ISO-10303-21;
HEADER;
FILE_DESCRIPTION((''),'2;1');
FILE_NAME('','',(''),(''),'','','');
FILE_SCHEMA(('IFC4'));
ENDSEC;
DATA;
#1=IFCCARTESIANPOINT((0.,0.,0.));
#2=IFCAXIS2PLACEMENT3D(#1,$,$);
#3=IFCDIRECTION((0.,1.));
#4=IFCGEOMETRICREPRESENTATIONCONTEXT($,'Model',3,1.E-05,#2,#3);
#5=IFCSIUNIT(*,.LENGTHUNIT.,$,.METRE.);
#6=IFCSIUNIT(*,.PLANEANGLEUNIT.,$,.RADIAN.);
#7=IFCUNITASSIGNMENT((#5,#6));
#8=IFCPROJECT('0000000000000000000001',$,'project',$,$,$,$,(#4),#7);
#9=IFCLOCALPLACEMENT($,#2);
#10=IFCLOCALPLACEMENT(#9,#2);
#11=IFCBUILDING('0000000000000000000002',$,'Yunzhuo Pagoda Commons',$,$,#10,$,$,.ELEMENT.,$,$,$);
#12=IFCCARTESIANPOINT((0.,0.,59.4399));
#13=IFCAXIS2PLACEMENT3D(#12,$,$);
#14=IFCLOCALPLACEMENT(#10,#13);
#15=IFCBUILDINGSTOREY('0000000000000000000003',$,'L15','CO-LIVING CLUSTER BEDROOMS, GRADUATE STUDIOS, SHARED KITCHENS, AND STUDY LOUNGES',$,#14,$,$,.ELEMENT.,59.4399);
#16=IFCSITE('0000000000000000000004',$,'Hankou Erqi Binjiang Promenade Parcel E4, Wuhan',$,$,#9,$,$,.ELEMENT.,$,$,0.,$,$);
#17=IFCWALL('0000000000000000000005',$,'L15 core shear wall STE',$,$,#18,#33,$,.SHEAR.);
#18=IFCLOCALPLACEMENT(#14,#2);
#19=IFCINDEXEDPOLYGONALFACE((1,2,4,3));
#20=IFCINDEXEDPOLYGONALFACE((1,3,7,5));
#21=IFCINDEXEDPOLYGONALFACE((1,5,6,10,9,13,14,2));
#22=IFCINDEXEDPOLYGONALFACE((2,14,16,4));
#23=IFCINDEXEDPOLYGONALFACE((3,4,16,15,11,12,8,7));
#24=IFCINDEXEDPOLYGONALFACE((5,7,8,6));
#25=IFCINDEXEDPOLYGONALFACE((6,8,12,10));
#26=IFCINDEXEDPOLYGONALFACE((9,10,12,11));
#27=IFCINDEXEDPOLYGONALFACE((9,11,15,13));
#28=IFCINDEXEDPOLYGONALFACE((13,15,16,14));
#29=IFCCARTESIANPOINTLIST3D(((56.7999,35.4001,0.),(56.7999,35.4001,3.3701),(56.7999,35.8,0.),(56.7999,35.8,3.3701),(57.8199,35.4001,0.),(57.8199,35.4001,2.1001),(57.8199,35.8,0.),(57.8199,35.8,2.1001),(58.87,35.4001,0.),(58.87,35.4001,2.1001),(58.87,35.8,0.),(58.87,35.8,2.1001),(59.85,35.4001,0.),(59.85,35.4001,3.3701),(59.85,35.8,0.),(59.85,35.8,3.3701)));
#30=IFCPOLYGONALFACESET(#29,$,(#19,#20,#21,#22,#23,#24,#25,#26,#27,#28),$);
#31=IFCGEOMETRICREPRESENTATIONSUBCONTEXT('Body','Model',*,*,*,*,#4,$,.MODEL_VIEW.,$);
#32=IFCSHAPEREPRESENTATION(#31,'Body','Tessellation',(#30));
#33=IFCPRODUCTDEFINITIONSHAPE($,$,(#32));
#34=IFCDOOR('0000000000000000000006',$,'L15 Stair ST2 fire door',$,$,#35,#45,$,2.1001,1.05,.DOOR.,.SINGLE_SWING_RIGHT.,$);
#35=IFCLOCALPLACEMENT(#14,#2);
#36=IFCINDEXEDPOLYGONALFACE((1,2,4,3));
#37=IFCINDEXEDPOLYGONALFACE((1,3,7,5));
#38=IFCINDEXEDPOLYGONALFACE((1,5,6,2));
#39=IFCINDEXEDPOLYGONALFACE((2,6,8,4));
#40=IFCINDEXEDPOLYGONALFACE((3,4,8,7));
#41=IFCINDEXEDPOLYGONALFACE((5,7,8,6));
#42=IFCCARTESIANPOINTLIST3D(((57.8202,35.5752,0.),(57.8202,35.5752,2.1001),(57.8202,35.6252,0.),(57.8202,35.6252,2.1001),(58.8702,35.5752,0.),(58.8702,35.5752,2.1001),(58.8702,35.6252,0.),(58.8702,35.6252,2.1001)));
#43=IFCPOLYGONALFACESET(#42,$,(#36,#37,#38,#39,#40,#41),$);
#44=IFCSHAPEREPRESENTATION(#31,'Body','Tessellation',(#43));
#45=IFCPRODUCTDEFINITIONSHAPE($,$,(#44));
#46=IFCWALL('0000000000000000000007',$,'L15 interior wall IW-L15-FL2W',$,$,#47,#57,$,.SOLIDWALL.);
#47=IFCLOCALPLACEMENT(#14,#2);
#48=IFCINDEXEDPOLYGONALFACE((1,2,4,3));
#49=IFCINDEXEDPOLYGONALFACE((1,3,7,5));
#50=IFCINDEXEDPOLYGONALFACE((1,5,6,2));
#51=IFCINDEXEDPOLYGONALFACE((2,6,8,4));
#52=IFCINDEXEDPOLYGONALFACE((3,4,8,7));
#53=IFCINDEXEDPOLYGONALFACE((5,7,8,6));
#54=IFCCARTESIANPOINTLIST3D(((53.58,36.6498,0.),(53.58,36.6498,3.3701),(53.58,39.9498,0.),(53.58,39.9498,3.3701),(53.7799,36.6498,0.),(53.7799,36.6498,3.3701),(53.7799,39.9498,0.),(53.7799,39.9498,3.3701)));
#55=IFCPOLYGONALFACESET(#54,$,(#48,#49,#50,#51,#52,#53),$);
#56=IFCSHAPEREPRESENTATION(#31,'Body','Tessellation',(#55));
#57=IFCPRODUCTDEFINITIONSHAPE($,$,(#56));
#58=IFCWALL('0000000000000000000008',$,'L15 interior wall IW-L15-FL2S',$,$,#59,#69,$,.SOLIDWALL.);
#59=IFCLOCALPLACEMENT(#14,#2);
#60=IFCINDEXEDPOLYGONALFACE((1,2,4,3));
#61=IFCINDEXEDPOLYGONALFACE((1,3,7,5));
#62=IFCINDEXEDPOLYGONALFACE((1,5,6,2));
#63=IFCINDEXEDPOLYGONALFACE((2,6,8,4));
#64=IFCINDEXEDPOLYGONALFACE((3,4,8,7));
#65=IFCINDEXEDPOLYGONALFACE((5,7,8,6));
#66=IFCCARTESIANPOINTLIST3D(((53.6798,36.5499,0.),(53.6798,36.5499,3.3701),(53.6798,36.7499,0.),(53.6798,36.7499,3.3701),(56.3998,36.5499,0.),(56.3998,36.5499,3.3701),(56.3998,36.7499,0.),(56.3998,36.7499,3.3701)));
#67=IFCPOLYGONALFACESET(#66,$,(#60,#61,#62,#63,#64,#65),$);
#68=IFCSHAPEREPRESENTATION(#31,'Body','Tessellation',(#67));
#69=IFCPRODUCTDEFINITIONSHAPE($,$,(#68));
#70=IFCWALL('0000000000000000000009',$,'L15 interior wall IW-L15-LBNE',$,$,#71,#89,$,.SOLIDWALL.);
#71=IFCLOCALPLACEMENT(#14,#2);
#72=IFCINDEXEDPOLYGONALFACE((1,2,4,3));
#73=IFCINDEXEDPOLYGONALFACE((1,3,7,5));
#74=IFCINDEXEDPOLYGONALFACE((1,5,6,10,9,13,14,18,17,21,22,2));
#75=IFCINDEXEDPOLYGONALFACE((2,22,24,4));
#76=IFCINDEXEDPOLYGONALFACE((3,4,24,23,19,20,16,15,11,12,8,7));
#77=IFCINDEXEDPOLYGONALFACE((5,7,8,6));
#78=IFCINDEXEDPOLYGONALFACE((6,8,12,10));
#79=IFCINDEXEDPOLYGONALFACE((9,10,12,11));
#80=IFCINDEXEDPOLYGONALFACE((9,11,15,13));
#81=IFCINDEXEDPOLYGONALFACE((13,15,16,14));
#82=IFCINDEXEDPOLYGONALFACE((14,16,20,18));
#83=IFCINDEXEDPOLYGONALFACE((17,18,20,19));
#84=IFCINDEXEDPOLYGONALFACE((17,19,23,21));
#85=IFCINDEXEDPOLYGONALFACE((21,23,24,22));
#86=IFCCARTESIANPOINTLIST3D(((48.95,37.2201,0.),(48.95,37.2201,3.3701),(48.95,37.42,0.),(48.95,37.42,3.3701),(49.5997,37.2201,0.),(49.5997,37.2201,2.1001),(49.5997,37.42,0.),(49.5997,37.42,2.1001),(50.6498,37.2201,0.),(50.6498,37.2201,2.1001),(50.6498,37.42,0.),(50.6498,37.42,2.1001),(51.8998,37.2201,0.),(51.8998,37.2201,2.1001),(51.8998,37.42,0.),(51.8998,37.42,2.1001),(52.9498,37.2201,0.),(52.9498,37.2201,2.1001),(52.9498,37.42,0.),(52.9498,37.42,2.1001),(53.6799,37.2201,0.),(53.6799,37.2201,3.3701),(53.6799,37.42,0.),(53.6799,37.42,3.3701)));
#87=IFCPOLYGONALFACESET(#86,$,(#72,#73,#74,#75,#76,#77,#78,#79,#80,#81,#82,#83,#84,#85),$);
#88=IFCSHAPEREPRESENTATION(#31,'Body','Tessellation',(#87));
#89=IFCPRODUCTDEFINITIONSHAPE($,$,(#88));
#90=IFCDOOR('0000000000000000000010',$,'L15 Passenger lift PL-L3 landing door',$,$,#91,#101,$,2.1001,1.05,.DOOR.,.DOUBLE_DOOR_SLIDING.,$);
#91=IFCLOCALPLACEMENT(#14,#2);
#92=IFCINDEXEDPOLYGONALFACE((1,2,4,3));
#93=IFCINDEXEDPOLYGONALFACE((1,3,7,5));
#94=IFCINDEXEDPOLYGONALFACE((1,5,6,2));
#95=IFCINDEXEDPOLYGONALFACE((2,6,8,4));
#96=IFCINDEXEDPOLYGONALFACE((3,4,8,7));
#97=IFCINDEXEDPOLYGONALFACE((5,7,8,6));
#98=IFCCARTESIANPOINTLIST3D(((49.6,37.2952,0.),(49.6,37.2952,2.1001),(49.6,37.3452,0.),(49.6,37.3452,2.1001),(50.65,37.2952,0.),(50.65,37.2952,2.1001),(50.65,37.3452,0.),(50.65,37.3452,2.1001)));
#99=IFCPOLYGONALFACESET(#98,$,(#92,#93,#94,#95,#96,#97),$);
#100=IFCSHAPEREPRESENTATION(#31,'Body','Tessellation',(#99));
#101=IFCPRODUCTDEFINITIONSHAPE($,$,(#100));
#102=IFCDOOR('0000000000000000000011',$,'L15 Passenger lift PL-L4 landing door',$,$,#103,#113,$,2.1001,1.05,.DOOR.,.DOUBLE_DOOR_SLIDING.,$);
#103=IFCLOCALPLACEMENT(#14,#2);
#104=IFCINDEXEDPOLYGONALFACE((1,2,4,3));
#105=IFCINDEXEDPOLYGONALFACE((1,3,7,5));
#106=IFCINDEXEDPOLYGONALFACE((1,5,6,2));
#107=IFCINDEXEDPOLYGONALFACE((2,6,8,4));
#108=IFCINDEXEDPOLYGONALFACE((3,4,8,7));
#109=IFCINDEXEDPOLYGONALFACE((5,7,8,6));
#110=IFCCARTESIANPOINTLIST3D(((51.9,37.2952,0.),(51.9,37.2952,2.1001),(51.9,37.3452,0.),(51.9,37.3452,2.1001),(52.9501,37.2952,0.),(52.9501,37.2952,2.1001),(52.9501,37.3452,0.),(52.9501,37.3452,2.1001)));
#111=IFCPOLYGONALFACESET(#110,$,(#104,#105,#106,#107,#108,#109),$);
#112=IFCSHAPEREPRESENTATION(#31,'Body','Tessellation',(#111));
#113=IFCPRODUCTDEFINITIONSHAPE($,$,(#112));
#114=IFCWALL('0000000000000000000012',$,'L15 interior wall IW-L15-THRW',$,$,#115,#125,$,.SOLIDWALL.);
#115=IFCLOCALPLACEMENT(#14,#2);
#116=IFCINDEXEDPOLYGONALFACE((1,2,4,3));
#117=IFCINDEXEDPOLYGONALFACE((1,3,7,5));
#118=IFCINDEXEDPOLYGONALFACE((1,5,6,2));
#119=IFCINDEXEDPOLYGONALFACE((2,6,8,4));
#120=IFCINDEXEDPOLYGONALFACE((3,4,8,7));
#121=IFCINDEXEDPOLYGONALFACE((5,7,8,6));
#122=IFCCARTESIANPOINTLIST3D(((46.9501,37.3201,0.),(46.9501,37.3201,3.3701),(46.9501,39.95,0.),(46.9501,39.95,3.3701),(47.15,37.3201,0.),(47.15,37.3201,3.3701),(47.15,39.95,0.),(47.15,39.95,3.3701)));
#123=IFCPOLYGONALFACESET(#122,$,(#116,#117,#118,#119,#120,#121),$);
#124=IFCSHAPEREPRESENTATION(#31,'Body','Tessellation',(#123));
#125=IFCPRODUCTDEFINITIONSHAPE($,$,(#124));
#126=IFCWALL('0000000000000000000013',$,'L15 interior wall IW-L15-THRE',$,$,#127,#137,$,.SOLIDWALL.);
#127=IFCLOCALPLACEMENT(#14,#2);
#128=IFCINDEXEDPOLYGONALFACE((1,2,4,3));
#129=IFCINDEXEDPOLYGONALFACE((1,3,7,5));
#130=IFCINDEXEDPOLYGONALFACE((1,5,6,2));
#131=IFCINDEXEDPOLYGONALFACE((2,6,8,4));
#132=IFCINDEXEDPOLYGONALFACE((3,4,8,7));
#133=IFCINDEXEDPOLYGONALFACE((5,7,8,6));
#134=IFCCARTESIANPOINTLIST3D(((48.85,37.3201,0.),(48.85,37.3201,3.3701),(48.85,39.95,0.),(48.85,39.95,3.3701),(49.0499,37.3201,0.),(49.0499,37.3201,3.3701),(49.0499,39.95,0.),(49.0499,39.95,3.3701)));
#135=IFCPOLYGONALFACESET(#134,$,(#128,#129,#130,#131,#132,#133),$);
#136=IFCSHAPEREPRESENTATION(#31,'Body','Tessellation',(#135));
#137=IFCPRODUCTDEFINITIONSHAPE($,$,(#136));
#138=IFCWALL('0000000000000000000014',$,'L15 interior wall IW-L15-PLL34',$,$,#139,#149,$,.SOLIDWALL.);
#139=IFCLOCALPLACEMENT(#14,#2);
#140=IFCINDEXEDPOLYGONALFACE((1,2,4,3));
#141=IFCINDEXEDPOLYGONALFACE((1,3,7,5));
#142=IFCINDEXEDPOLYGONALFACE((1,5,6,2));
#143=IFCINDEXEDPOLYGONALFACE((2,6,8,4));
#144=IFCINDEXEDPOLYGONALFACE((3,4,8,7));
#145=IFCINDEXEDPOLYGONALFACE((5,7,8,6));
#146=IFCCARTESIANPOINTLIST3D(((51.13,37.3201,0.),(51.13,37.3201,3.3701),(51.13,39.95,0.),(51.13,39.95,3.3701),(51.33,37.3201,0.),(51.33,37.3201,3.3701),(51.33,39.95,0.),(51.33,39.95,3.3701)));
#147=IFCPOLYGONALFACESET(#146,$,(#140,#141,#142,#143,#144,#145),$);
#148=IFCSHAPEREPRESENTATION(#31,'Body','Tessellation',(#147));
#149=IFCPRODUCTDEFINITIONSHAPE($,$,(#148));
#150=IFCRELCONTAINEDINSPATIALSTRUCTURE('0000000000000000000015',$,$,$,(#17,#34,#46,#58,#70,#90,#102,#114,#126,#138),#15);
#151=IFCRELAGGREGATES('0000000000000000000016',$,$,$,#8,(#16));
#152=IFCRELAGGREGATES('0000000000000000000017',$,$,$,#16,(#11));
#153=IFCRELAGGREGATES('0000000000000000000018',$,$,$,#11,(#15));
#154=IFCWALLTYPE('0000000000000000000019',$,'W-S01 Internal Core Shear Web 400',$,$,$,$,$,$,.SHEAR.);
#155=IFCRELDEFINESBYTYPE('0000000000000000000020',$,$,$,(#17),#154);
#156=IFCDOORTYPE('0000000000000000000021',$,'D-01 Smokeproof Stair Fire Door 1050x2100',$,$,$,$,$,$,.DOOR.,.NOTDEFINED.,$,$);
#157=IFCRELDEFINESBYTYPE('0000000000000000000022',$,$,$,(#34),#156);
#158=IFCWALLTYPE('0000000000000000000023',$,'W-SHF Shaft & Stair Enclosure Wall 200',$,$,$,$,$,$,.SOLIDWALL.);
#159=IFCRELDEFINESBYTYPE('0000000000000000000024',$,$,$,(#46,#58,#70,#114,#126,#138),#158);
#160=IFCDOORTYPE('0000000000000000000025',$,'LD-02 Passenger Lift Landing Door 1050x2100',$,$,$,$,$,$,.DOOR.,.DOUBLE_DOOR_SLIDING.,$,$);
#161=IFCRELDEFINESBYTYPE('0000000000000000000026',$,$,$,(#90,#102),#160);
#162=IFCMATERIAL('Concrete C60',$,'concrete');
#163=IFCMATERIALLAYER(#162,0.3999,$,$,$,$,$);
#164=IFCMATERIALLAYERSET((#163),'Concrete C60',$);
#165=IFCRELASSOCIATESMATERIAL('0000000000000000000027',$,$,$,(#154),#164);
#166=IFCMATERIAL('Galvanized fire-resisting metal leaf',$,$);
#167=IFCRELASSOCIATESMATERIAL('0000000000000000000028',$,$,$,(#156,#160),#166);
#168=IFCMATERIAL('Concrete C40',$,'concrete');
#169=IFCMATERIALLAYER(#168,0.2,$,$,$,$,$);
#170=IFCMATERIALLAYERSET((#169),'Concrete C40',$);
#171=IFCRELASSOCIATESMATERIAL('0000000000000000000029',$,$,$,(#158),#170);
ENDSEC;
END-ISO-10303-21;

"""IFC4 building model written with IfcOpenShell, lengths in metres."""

from ifc_helpers import new_model, si_unit, direction, frame, frame_2d, origin, place, context, subcontext, project, spatial, rectangle, extrude, source, transform, mapped, material, layer, layer_set, type_object, element, fill, save


model = new_model("IFC4")

# Units and contexts
model_context = context("Model", 3, precision=1e-05, world=origin(), true_north=direction((0.0, 1.0)))
body_context = subcontext(model_context, "Body", "Model", "MODEL_VIEW")
ifc_project = project(units=[si_unit("LENGTHUNIT", "METRE"), si_unit("PLANEANGLEUNIT", "RADIAN")], contexts=[model_context])

# Site, building, storey
site_placement = place(None, origin())
site = spatial("IfcSite", under=ifc_project, at=site_placement, Name="Hankou Erqi Binjiang Promenade Parcel E4, Wuhan", CompositionType="ELEMENT", RefElevation=0.0)
building_placement = place(site_placement, origin())
building = spatial("IfcBuilding", under=site, at=building_placement, Name="Yunzhuo Pagoda Commons", CompositionType="ELEMENT")
storey_placement = place(building_placement, frame((0.0, 0.0, 59.4399)))
storey = spatial("IfcBuildingStorey", under=building, at=storey_placement, Name="L15", Description="CO-LIVING CLUSTER BEDROOMS, GRADUATE STUDIOS, SHARED KITCHENS, AND STUDY LOUNGES", CompositionType="ELEMENT", Elevation=59.4399)

# Shared definitions
ifc_material_1 = material(Name="Concrete C60", Category="concrete")
ifc_material_2 = material(Name="Galvanized fire-resisting metal leaf")
shared_shape_1 = source(origin(), body_context, "Body", "SweptSolid", [
    extrude(rectangle(XDim=1.05, YDim=2.1001, at=frame_2d((0.5249, 1.05))), frame((0.0, 0.0249, 0.0), z_axis=(0.0, -1.0, 0.0), x_axis=(1.0, 0.0, 0.0)), (0.0, 0.0, 1.0), 0.05),
])

# Wall, opening, door
ifc_layer_1 = layer(ifc_material_1, 0.3999)
ifc_layer_set_1 = layer_set([ifc_layer_1], Name="Concrete C60")
wall_type_1 = type_object("IfcWallType", Name="W-S01 Internal Core Shear Web 400", PredefinedType="SHEAR", material=ifc_layer_set_1)
wall_1_placement = place(storey_placement, frame((56.8, 35.6001, 0.0), z_axis=(0.0, 0.0, 1.0), x_axis=(1.0, 0.0, 0.0)))
wall_1 = element("IfcWall", 1, at=wall_1_placement, inside=storey, type_object=wall_type_1, Name="L15 core shear wall STE", PredefinedType="SHEAR", context=body_context, shape_type="SweptSolid", body=[
    extrude(rectangle(XDim=3.05, YDim=0.3999, at=frame_2d((1.5249, 0.0))), origin(), (0.0, 0.0, 1.0), 3.3701),
])
opening_1_placement = place(wall_1_placement, frame((1.02, 0.0, 0.0)))
opening_1 = element("IfcOpeningElement", 2, at=opening_1_placement, cuts=wall_1, PredefinedType="OPENING", context=body_context, shape_type="SweptSolid", body=[
    extrude(rectangle(XDim=1.05, YDim=2.1001, at=frame_2d((0.5249, 1.05))), frame((0.0, 0.21, 0.0), z_axis=(0.0, -1.0, 0.0), x_axis=(1.0, 0.0, 0.0)), (0.0, 0.0, 1.0), 0.4199),
])
door_type_1 = type_object("IfcDoorType", Name="D-01 Smokeproof Stair Fire Door 1050x2100", OperationType="NOTDEFINED", PredefinedType="DOOR", material=ifc_material_2)
door_1_placement = place(opening_1_placement, frame((1.05, 0.0, 0.0), z_axis=(0.0, 0.0, 1.0), x_axis=(-1.0, 0.0, 0.0)))
door_1 = element("IfcDoor", 3, at=door_1_placement, inside=storey, type_object=door_type_1, Name="L15 Stair ST2 fire door", OperationType="SINGLE_SWING_RIGHT", OverallHeight=2.1001, OverallWidth=1.05, PredefinedType="DOOR", context=body_context, shape_type="MappedRepresentation", body=[
    mapped(shared_shape_1, transform((0.0, 0.0, 0.0), scale=1.0)),
])
fill(opening_1, door_1)

# Walls
ifc_material_3 = material(Name="Concrete C40", Category="concrete")
ifc_layer_2 = layer(ifc_material_3, 0.2)
ifc_layer_set_2 = layer_set([ifc_layer_2], Name="Concrete C40")
wall_type_2 = type_object("IfcWallType", Name="W-SHF Shaft & Stair Enclosure Wall 200", PredefinedType="SOLIDWALL", material=ifc_layer_set_2)
wall_2_placement = place(storey_placement, frame((53.6799, 36.6499, 0.0), z_axis=(0.0, 0.0, 1.0), x_axis=(0.0, 1.0, 0.0)))
element("IfcWall", 4, at=wall_2_placement, inside=storey, type_object=wall_type_2, Name="L15 interior wall IW-L15-FL2W", PredefinedType="SOLIDWALL", context=body_context, shape_type="SweptSolid", body=[
    extrude(rectangle(XDim=3.3, YDim=0.2, at=frame_2d((1.6499, 0.0))), origin(), (0.0, 0.0, 1.0), 3.3701),
])
wall_3_placement = place(storey_placement, frame((53.6799, 36.6499, 0.0), z_axis=(0.0, 0.0, 1.0), x_axis=(1.0, 0.0, 0.0)))
element("IfcWall", 5, at=wall_3_placement, inside=storey, type_object=wall_type_2, Name="L15 interior wall IW-L15-FL2S", PredefinedType="SOLIDWALL", context=body_context, shape_type="SweptSolid", body=[
    extrude(rectangle(XDim=2.72, YDim=0.2, at=frame_2d((1.3599, 0.0))), origin(), (0.0, 0.0, 1.0), 3.3701),
])

# Wall, openings, doors
wall_4_placement = place(storey_placement, frame((48.95, 37.3201, 0.0), z_axis=(0.0, 0.0, 1.0), x_axis=(1.0, 0.0, 0.0)))
wall_4 = element("IfcWall", 6, at=wall_4_placement, inside=storey, type_object=wall_type_2, Name="L15 interior wall IW-L15-LBNE", PredefinedType="SOLIDWALL", context=body_context, shape_type="SweptSolid", body=[
    extrude(rectangle(XDim=4.73, YDim=0.2, at=frame_2d((2.365, 0.0))), origin(), (0.0, 0.0, 1.0), 3.3701),
])
opening_2_placement = place(wall_4_placement, frame((0.6499, 0.0, 0.0)))
opening_2 = element("IfcOpeningElement", 7, at=opening_2_placement, cuts=wall_4, PredefinedType="OPENING", context=body_context, shape_type="SweptSolid", body=[
    extrude(rectangle(XDim=1.05, YDim=2.1001, at=frame_2d((0.5249, 1.05))), frame((0.0, 0.1099, 0.0), z_axis=(0.0, -1.0, 0.0), x_axis=(1.0, 0.0, 0.0)), (0.0, 0.0, 1.0), 0.22),
])
opening_3_placement = place(wall_4_placement, frame((2.95, 0.0, 0.0)))
opening_3 = element("IfcOpeningElement", 8, at=opening_3_placement, cuts=wall_4, PredefinedType="OPENING", context=body_context, shape_type="SweptSolid", body=[
    extrude(rectangle(XDim=1.05, YDim=2.1001, at=frame_2d((0.5249, 1.05))), frame((0.0, 0.1099, 0.0), z_axis=(0.0, -1.0, 0.0), x_axis=(1.0, 0.0, 0.0)), (0.0, 0.0, 1.0), 0.22),
])
door_type_2 = type_object("IfcDoorType", Name="LD-02 Passenger Lift Landing Door 1050x2100", OperationType="DOUBLE_DOOR_SLIDING", PredefinedType="DOOR", material=ifc_material_2)
door_2_placement = place(opening_2_placement, frame((1.05, 0.0, 0.0), z_axis=(0.0, 0.0, 1.0), x_axis=(-1.0, 0.0, 0.0)))
door_2 = element("IfcDoor", 9, at=door_2_placement, inside=storey, type_object=door_type_2, Name="L15 Passenger lift PL-L3 landing door", OperationType="DOUBLE_DOOR_SLIDING", OverallHeight=2.1001, OverallWidth=1.05, PredefinedType="DOOR", context=body_context, shape_type="MappedRepresentation", body=[
    mapped(shared_shape_1, transform((0.0, 0.0, 0.0), scale=1.0)),
])
fill(opening_2, door_2)
door_3_placement = place(opening_3_placement, frame((1.05, 0.0, 0.0), z_axis=(0.0, 0.0, 1.0), x_axis=(-1.0, 0.0, 0.0)))
door_3 = element("IfcDoor", 10, at=door_3_placement, inside=storey, type_object=door_type_2, Name="L15 Passenger lift PL-L4 landing door", OperationType="DOUBLE_DOOR_SLIDING", OverallHeight=2.1001, OverallWidth=1.05, PredefinedType="DOOR", context=body_context, shape_type="MappedRepresentation", body=[
    mapped(shared_shape_1, transform((0.0, 0.0, 0.0), scale=1.0)),
])
fill(opening_3, door_3)

# Walls
for number, where, z_axis, x_axis, name in (
    (11, (47.05, 37.3201, 0.0), (0.0, 0.0, 1.0), (0.0, 1.0, 0.0), "L15 interior wall IW-L15-THRW"),
    (12, (48.95, 37.3201, 0.0), (0.0, 0.0, 1.0), (0.0, 1.0, 0.0), "L15 interior wall IW-L15-THRE"),
    (13, (51.23, 37.3201, 0.0), (0.0, 0.0, 1.0), (0.0, 1.0, 0.0), "L15 interior wall IW-L15-PLL34"),
):
    element("IfcWall", number, at=place(storey_placement, frame(where, z_axis=z_axis, x_axis=x_axis)), inside=storey, type_object=wall_type_2, Name=name, PredefinedType="SOLIDWALL", context=body_context, shape_type="SweptSolid", body=[
        extrude(rectangle(XDim=2.6299, YDim=0.2, at=frame_2d((1.3149, 0.0))), origin(), (0.0, 0.0, 1.0), 3.3701),
    ])

save(model, "model.ifc")
